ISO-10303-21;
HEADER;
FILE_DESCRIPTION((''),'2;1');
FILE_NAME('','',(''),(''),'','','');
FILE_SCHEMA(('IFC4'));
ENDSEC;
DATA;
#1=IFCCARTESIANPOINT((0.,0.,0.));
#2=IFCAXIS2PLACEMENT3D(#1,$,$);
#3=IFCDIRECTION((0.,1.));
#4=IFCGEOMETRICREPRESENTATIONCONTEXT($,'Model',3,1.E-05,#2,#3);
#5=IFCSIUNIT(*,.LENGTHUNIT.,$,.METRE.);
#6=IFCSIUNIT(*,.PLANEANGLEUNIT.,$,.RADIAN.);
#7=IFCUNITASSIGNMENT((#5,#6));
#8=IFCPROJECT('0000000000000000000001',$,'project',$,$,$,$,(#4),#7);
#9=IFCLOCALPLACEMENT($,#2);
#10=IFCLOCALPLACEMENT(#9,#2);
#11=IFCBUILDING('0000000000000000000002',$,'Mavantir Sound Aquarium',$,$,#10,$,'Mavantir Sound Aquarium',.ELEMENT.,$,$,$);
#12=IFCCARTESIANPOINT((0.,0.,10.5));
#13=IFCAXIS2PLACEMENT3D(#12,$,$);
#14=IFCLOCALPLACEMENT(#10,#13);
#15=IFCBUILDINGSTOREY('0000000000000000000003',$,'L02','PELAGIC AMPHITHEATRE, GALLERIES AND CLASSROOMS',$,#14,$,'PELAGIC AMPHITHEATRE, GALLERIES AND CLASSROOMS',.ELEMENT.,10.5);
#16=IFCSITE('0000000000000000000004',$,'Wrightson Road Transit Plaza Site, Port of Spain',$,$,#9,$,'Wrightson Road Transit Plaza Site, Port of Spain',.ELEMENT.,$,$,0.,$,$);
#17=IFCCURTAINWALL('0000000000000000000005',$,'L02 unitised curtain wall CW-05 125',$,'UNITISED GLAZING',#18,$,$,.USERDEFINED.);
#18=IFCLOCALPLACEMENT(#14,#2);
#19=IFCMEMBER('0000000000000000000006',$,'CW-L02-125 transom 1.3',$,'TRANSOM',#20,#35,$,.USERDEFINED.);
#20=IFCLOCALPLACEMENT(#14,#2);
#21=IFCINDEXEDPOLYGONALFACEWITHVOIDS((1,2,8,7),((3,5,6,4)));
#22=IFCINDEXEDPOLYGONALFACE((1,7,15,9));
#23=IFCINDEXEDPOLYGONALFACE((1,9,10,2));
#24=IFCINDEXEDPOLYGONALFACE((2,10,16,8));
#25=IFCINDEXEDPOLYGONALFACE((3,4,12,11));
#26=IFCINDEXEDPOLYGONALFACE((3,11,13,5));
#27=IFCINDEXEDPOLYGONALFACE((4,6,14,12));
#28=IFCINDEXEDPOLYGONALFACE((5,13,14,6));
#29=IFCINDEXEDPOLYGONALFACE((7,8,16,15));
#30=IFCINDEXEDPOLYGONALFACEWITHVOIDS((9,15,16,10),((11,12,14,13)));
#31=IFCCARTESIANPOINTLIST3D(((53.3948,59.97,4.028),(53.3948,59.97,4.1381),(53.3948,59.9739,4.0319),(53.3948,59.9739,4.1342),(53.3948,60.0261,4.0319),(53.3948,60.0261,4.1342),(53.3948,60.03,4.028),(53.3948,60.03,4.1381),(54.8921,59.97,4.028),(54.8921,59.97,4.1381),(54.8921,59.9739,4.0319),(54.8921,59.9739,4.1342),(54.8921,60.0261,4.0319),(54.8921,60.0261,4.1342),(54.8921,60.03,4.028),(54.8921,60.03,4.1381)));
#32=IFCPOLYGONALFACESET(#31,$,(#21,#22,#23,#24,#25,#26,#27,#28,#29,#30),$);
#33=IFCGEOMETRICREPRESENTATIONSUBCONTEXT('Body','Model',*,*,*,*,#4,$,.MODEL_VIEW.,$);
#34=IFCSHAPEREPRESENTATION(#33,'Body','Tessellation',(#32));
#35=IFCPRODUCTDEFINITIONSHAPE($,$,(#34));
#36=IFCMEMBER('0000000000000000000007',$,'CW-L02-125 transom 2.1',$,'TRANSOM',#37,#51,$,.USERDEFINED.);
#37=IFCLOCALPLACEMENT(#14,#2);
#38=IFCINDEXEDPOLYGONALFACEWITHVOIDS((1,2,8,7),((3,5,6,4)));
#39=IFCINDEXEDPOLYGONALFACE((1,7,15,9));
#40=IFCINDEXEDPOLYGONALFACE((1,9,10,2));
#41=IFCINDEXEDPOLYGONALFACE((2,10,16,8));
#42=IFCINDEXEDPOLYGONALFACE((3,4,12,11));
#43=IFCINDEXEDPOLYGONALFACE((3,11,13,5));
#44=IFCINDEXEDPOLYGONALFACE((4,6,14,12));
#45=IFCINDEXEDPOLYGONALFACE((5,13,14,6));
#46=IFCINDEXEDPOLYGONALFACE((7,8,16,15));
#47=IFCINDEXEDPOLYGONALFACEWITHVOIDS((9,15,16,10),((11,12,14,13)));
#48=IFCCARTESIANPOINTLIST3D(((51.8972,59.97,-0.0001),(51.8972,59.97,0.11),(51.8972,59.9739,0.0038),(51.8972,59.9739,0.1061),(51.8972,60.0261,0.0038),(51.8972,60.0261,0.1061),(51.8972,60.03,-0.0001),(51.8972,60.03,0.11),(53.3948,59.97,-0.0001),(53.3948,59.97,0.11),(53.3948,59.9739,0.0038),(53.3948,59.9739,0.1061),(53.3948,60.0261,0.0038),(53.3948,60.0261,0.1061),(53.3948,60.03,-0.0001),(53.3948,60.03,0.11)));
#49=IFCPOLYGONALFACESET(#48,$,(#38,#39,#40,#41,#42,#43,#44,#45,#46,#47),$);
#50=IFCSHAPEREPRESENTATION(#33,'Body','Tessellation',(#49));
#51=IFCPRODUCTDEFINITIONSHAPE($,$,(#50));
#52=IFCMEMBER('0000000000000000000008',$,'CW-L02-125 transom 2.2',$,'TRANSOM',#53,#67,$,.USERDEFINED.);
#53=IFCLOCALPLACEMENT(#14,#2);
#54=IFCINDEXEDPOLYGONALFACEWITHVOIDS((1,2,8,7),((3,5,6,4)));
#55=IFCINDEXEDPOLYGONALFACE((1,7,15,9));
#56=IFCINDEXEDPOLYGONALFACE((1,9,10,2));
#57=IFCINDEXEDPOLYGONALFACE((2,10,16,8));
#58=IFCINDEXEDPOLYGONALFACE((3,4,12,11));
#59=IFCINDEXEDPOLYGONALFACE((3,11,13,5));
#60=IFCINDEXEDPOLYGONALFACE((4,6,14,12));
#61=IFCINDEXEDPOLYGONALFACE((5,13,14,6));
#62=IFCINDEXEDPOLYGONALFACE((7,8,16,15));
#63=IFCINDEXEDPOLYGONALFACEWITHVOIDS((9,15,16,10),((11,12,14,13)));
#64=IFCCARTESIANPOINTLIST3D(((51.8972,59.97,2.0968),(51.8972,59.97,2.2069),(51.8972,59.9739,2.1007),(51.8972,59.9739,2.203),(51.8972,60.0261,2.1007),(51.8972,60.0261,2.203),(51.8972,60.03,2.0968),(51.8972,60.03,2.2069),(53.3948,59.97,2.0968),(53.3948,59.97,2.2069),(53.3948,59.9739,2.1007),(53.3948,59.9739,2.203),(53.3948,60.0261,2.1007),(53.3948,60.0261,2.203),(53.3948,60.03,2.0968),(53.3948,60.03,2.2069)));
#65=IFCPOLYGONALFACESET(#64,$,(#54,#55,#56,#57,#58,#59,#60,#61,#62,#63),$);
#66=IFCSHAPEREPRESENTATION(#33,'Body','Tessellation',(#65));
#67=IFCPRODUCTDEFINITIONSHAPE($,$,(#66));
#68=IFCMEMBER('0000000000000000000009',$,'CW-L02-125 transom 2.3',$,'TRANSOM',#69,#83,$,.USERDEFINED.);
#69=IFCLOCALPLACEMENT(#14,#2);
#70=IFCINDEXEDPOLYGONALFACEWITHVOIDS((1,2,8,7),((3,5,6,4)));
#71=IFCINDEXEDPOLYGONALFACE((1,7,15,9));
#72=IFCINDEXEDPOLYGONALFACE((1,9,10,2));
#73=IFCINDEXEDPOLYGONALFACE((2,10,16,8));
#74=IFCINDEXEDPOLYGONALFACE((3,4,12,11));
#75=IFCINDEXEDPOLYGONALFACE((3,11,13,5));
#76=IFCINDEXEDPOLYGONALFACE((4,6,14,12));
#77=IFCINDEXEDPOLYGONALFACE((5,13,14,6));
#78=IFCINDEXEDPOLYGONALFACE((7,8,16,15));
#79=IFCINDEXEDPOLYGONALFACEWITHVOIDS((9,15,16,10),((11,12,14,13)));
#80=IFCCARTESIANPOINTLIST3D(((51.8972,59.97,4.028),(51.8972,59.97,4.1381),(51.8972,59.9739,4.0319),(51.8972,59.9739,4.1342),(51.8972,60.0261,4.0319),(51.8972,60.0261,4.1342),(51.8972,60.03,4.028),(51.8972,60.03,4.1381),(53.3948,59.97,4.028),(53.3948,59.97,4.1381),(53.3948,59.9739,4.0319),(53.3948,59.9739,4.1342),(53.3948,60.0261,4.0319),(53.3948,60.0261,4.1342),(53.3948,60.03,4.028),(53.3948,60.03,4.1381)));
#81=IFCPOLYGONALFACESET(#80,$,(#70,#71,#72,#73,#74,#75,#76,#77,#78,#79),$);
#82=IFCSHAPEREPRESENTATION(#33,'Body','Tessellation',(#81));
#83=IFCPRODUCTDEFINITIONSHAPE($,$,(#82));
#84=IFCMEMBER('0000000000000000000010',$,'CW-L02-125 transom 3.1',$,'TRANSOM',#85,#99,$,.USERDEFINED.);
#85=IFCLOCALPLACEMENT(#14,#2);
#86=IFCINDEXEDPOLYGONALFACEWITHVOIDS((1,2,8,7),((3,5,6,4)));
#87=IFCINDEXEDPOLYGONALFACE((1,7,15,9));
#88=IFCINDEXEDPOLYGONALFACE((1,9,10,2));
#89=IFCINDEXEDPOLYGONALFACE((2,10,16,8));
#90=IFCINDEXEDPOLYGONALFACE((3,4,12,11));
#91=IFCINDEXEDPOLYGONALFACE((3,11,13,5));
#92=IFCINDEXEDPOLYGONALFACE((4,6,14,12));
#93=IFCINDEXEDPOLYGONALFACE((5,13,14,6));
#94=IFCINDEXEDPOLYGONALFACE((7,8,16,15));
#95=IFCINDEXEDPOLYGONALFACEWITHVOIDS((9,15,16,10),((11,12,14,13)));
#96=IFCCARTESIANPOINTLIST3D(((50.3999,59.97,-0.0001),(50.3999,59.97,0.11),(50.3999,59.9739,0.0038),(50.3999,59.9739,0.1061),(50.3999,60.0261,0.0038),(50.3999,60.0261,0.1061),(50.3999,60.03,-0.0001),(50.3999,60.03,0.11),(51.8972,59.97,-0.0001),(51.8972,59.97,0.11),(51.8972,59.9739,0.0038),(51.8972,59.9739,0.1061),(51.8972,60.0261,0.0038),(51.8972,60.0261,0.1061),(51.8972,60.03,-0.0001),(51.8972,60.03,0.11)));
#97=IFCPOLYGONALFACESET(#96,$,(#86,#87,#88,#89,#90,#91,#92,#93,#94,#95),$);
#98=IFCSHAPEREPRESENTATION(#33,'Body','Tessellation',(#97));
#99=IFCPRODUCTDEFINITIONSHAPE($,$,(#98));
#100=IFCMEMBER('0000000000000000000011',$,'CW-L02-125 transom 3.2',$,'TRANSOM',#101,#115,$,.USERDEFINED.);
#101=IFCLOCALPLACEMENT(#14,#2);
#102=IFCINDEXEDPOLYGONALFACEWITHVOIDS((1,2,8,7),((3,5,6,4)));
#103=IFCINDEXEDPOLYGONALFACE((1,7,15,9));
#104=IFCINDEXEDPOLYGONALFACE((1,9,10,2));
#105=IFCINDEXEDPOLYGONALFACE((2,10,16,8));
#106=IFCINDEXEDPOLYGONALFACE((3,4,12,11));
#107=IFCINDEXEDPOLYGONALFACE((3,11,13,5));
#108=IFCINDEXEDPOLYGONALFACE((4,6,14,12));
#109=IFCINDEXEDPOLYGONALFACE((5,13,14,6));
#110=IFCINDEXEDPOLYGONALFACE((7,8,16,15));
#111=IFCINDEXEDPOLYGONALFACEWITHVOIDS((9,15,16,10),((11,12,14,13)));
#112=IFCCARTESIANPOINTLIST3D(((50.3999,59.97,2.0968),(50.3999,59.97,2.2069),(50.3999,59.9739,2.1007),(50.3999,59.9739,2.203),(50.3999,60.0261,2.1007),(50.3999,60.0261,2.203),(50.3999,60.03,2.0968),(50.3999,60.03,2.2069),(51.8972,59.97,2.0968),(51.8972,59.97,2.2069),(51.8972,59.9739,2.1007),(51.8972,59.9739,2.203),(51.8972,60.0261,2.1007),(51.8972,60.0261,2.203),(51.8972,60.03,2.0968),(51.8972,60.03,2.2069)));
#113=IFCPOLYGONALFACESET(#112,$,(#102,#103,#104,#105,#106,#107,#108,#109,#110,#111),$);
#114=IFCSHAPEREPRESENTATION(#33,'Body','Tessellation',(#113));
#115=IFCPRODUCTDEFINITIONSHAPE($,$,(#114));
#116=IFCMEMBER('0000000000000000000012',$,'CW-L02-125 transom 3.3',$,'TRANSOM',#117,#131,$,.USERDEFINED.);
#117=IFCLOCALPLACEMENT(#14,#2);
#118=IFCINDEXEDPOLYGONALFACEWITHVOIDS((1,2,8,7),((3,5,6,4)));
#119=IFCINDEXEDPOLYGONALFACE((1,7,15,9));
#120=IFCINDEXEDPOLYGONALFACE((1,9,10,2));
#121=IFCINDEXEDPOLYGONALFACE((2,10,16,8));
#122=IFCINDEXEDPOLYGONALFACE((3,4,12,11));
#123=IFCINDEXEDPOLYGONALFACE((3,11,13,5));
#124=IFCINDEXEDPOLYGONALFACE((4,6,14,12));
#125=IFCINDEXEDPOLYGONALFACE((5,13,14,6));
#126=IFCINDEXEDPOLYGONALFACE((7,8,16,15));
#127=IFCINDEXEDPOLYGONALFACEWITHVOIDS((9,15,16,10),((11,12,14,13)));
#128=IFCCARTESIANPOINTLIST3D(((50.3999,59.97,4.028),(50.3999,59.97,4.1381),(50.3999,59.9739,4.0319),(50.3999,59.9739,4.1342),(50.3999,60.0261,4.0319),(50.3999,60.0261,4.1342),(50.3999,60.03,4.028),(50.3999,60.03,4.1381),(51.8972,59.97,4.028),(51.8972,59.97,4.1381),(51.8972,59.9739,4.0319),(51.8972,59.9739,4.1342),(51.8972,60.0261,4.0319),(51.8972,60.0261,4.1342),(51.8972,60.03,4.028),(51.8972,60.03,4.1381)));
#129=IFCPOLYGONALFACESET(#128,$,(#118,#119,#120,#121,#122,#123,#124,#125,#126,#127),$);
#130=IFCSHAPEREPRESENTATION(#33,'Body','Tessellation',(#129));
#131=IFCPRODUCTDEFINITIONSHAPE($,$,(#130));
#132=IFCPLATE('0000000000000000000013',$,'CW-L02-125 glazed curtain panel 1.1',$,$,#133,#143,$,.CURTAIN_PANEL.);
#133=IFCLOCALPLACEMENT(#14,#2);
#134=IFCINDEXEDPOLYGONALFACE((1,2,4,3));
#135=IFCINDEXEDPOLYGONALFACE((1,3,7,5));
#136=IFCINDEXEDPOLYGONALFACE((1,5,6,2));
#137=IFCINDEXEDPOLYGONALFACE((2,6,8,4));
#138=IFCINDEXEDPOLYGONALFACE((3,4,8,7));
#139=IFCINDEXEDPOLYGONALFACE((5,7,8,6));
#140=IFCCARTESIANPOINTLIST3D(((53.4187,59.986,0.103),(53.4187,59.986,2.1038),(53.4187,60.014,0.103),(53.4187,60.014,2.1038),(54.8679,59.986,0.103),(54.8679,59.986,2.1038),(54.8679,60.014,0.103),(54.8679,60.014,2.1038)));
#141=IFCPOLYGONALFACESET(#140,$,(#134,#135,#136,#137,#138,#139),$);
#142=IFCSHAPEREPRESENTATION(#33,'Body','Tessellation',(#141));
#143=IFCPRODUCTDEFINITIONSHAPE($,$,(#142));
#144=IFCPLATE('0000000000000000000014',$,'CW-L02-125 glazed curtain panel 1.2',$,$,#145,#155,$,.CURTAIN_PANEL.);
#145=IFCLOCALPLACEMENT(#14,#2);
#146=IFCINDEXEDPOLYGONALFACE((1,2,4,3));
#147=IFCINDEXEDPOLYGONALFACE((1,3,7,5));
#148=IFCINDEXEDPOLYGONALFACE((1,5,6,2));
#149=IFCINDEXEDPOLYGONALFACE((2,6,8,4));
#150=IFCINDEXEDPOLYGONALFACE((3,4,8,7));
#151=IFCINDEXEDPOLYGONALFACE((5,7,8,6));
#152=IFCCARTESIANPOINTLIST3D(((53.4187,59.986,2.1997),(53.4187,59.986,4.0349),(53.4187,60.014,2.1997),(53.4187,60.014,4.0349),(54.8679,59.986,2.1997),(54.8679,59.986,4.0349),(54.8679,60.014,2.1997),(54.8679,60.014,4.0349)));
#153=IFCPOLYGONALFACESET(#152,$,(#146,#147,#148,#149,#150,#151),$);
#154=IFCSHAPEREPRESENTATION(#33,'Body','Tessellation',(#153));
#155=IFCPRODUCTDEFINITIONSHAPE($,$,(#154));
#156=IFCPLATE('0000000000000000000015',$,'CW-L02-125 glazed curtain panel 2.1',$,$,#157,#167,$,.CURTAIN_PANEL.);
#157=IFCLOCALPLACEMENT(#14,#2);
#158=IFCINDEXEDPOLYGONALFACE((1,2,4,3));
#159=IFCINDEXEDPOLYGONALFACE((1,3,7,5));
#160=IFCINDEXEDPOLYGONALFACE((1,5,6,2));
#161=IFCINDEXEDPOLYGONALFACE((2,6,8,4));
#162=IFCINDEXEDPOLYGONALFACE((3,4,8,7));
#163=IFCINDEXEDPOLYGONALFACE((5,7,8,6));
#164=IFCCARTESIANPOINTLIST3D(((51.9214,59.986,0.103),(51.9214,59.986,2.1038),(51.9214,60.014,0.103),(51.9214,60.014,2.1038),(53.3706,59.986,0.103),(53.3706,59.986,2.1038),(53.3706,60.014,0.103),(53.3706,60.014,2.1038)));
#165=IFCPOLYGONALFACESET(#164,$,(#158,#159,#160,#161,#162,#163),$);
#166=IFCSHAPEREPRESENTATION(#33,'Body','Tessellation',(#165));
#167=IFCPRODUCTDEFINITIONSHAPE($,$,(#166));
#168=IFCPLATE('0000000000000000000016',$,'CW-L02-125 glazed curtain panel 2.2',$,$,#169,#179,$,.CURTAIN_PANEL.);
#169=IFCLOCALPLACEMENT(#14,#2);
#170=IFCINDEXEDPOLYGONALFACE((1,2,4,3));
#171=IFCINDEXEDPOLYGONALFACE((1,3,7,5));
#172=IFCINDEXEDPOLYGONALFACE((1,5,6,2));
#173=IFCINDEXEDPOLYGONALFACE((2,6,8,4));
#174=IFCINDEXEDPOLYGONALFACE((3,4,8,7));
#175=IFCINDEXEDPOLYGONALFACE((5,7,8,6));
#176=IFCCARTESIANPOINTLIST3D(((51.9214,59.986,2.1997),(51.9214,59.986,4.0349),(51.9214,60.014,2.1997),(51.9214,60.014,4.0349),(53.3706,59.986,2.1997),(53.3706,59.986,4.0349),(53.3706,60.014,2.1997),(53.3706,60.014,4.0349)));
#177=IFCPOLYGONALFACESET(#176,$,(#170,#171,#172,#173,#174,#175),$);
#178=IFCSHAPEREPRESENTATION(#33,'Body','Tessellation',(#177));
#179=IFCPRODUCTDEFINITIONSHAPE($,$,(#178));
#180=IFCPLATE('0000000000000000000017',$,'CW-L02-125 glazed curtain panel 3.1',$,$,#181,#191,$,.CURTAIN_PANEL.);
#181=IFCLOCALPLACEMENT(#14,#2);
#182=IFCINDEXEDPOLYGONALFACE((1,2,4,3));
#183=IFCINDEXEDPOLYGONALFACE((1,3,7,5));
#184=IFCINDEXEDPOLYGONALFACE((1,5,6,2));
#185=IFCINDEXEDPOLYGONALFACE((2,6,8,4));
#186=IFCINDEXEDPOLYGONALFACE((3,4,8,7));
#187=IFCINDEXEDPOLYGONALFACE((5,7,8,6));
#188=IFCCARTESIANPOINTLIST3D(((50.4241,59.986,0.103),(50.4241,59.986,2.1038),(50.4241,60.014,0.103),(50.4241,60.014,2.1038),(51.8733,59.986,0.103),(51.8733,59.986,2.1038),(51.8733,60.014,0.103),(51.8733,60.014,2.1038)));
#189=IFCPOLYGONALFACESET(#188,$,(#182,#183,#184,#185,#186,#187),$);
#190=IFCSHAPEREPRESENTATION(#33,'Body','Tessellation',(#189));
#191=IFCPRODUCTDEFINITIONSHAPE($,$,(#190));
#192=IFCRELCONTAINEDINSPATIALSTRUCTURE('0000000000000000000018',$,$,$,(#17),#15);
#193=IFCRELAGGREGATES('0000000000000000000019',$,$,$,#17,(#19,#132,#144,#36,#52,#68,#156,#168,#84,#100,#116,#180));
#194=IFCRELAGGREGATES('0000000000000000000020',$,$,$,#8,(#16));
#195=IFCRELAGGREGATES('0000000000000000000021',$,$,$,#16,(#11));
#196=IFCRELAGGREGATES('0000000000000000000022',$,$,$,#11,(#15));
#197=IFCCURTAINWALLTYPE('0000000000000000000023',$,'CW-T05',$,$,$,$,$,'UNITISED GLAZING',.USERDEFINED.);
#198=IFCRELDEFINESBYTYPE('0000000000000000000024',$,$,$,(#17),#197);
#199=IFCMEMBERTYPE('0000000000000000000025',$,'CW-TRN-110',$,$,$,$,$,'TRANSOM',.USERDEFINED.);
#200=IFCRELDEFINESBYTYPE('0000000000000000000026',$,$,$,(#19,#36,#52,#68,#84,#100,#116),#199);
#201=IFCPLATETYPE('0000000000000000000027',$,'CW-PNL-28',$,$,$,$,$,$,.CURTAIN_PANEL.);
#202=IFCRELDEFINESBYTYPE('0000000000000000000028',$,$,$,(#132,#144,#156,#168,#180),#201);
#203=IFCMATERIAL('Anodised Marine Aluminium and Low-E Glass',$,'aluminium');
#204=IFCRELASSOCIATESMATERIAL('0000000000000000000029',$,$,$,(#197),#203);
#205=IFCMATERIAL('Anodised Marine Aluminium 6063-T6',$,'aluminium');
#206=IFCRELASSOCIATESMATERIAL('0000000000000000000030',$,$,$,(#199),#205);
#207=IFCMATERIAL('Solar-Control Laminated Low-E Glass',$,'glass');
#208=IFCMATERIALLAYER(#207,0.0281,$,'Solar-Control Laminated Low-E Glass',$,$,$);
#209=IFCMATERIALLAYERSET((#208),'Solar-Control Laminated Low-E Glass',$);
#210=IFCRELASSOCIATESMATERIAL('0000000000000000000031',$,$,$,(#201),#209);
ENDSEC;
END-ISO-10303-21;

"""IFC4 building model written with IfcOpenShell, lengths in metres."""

from ifc_helpers import new_model, si_unit, direction, frame, origin, origin_2d, place, context, subcontext, project, spatial, rectangle, hollow_rectangle, extrude, material, layer, layer_set, material_profile, profile_set, type_object, element, aggregate, save


model = new_model("IFC4")

# Units and contexts
model_context = context("Model", 3, precision=1e-05, world=origin(), true_north=direction((0.0, 1.0)))
body_context = subcontext(model_context, "Body", "Model", "MODEL_VIEW")
ifc_project = project(units=[si_unit("LENGTHUNIT", "METRE"), si_unit("PLANEANGLEUNIT", "RADIAN")], contexts=[model_context])

# Site, building, storey
site_placement = place(None, origin())
site = spatial("IfcSite", under=ifc_project, at=site_placement, Name="Wrightson Road Transit Plaza Site, Port of Spain", LongName="Wrightson Road Transit Plaza Site, Port of Spain", CompositionType="ELEMENT", RefElevation=0.0)
building_placement = place(site_placement, origin())
building = spatial("IfcBuilding", under=site, at=building_placement, Name="Mavantir Sound Aquarium", LongName="Mavantir Sound Aquarium", CompositionType="ELEMENT")
storey_placement = place(building_placement, frame((0.0, 0.0, 10.5)))
storey = spatial("IfcBuildingStorey", under=building, at=storey_placement, Name="L02", Description="PELAGIC AMPHITHEATRE, GALLERIES AND CLASSROOMS", LongName="PELAGIC AMPHITHEATRE, GALLERIES AND CLASSROOMS", CompositionType="ELEMENT", Elevation=10.5)

# Curtain wall, members, plates
ifc_material_1 = material(Name="Anodised Marine Aluminium and Low-E Glass", Category="aluminium")
curtain_wall_type = type_object("IfcCurtainWallType", Name="CW-T05", ElementType="UNITISED GLAZING", PredefinedType="USERDEFINED", material=ifc_material_1)
curtain_wall_placement = place(storey_placement, origin())
curtain_wall = element("IfcCurtainWall", 1, at=curtain_wall_placement, inside=storey, type_object=curtain_wall_type, Name="L02 unitised curtain wall CW-05 125", ObjectType="UNITISED GLAZING", PredefinedType="USERDEFINED")
ifc_material_2 = material(Name="Anodised Marine Aluminium 6063-T6", Category="aluminium")
ifc_material_profile_1 = material_profile(ifc_material_2, hollow_rectangle(XDim=0.0601, YDim=0.1101, WallThickness=0.0039, at=origin_2d()), Name="ALU-TRANSOM-110X60")
ifc_profile_set_1 = profile_set([ifc_material_profile_1], Name="Anodised Marine Aluminium 6063-T6")
member_type_1 = type_object("IfcMemberType", Name="CW-TRN-110", ElementType="TRANSOM", PredefinedType="USERDEFINED", material=ifc_profile_set_1)
member_1_placement = place(storey_placement, frame((54.8921, 60.0, 4.083), z_axis=(-1.0, 0.0, 0.0), x_axis=(0.0, -1.0, 0.0)))
member_1 = element("IfcMember", 2, at=member_1_placement, type_object=member_type_1, Name="CW-L02-125 transom 1.3", ObjectType="TRANSOM", PredefinedType="USERDEFINED", context=body_context, shape_type="SweptSolid", body=[
    extrude(hollow_rectangle(XDim=0.0601, YDim=0.1101, WallThickness=0.0039, at=origin_2d()), origin(), (0.0, 0.0, 1.0), 1.4973),
])
member_2_placement = place(storey_placement, frame((53.3948, 60.0, 0.0549), z_axis=(-1.0, 0.0, 0.0), x_axis=(0.0, -1.0, 0.0)))
member_2 = element("IfcMember", 3, at=member_2_placement, type_object=member_type_1, Name="CW-L02-125 transom 2.1", ObjectType="TRANSOM", PredefinedType="USERDEFINED", context=body_context, shape_type="SweptSolid", body=[
    extrude(hollow_rectangle(XDim=0.0601, YDim=0.1101, WallThickness=0.0039, at=origin_2d()), origin(), (0.0, 0.0, 1.0), 1.4976),
])
member_3_placement = place(storey_placement, frame((53.3948, 60.0, 2.1519), z_axis=(-1.0, 0.0, 0.0), x_axis=(0.0, -1.0, 0.0)))
member_3 = element("IfcMember", 4, at=member_3_placement, type_object=member_type_1, Name="CW-L02-125 transom 2.2", ObjectType="TRANSOM", PredefinedType="USERDEFINED", context=body_context, shape_type="SweptSolid", body=[
    extrude(hollow_rectangle(XDim=0.0601, YDim=0.1101, WallThickness=0.0039, at=origin_2d()), origin(), (0.0, 0.0, 1.0), 1.4976),
])
member_4_placement = place(storey_placement, frame((53.3948, 60.0, 4.083), z_axis=(-1.0, 0.0, 0.0), x_axis=(0.0, -1.0, 0.0)))
member_4 = element("IfcMember", 5, at=member_4_placement, type_object=member_type_1, Name="CW-L02-125 transom 2.3", ObjectType="TRANSOM", PredefinedType="USERDEFINED", context=body_context, shape_type="SweptSolid", body=[
    extrude(hollow_rectangle(XDim=0.0601, YDim=0.1101, WallThickness=0.0039, at=origin_2d()), origin(), (0.0, 0.0, 1.0), 1.4976),
])
member_5_placement = place(storey_placement, frame((51.8972, 60.0, 0.0549), z_axis=(-1.0, 0.0, 0.0), x_axis=(0.0, -1.0, 0.0)))
member_5 = element("IfcMember", 6, at=member_5_placement, type_object=member_type_1, Name="CW-L02-125 transom 3.1", ObjectType="TRANSOM", PredefinedType="USERDEFINED", context=body_context, shape_type="SweptSolid", body=[
    extrude(hollow_rectangle(XDim=0.0601, YDim=0.1101, WallThickness=0.0039, at=origin_2d()), origin(), (0.0, 0.0, 1.0), 1.4973),
])
member_6_placement = place(storey_placement, frame((51.8972, 60.0, 2.1519), z_axis=(-1.0, 0.0, 0.0), x_axis=(0.0, -1.0, 0.0)))
member_6 = element("IfcMember", 7, at=member_6_placement, type_object=member_type_1, Name="CW-L02-125 transom 3.2", ObjectType="TRANSOM", PredefinedType="USERDEFINED", context=body_context, shape_type="SweptSolid", body=[
    extrude(hollow_rectangle(XDim=0.0601, YDim=0.1101, WallThickness=0.0039, at=origin_2d()), origin(), (0.0, 0.0, 1.0), 1.4973),
])
member_7_placement = place(storey_placement, frame((51.8972, 60.0, 4.083), z_axis=(-1.0, 0.0, 0.0), x_axis=(0.0, -1.0, 0.0)))
member_7 = element("IfcMember", 8, at=member_7_placement, type_object=member_type_1, Name="CW-L02-125 transom 3.3", ObjectType="TRANSOM", PredefinedType="USERDEFINED", context=body_context, shape_type="SweptSolid", body=[
    extrude(hollow_rectangle(XDim=0.0601, YDim=0.1101, WallThickness=0.0039, at=origin_2d()), origin(), (0.0, 0.0, 1.0), 1.4973),
])
ifc_material_3 = material(Name="Solar-Control Laminated Low-E Glass", Category="glass")
ifc_layer_1 = layer(ifc_material_3, 0.0281, Name="Solar-Control Laminated Low-E Glass")
ifc_layer_set_1 = layer_set([ifc_layer_1], Name="Solar-Control Laminated Low-E Glass")
plate_type_1 = type_object("IfcPlateType", Name="CW-PNL-28", PredefinedType="CURTAIN_PANEL", material=ifc_layer_set_1)
plate_1_placement = place(storey_placement, frame((54.1433, 60.0, 0.103), z_axis=(0.0, 0.0, 1.0), x_axis=(-1.0, 0.0, 0.0)))
plate_1 = element("IfcPlate", 9, at=plate_1_placement, type_object=plate_type_1, Name="CW-L02-125 glazed curtain panel 1.1", PredefinedType="CURTAIN_PANEL", context=body_context, shape_type="SweptSolid", body=[
    extrude(rectangle(XDim=1.4492, YDim=0.0281, at=origin_2d()), origin(), (0.0, 0.0, 1.0), 2.0007),
])
plate_2_placement = place(storey_placement, frame((54.1433, 60.0, 2.1997), z_axis=(0.0, 0.0, 1.0), x_axis=(-1.0, 0.0, 0.0)))
plate_2 = element("IfcPlate", 10, at=plate_2_placement, type_object=plate_type_1, Name="CW-L02-125 glazed curtain panel 1.2", PredefinedType="CURTAIN_PANEL", context=body_context, shape_type="SweptSolid", body=[
    extrude(rectangle(XDim=1.4492, YDim=0.0281, at=origin_2d()), origin(), (0.0, 0.0, 1.0), 1.8352),
])
plate_3_placement = place(storey_placement, frame((52.646, 60.0, 0.103), z_axis=(0.0, 0.0, 1.0), x_axis=(-1.0, 0.0, 0.0)))
plate_3 = element("IfcPlate", 11, at=plate_3_placement, type_object=plate_type_1, Name="CW-L02-125 glazed curtain panel 2.1", PredefinedType="CURTAIN_PANEL", context=body_context, shape_type="SweptSolid", body=[
    extrude(rectangle(XDim=1.4492, YDim=0.0281, at=origin_2d()), origin(), (0.0, 0.0, 1.0), 2.0007),
])
plate_4_placement = place(storey_placement, frame((52.646, 60.0, 2.1997), z_axis=(0.0, 0.0, 1.0), x_axis=(-1.0, 0.0, 0.0)))
plate_4 = element("IfcPlate", 12, at=plate_4_placement, type_object=plate_type_1, Name="CW-L02-125 glazed curtain panel 2.2", PredefinedType="CURTAIN_PANEL", context=body_context, shape_type="SweptSolid", body=[
    extrude(rectangle(XDim=1.4492, YDim=0.0281, at=origin_2d()), origin(), (0.0, 0.0, 1.0), 1.8352),
])
plate_5_placement = place(storey_placement, frame((51.1487, 60.0, 0.103), z_axis=(0.0, 0.0, 1.0), x_axis=(-1.0, 0.0, 0.0)))
plate_5 = element("IfcPlate", 13, at=plate_5_placement, type_object=plate_type_1, Name="CW-L02-125 glazed curtain panel 3.1", PredefinedType="CURTAIN_PANEL", context=body_context, shape_type="SweptSolid", body=[
    extrude(rectangle(XDim=1.4492, YDim=0.0281, at=origin_2d()), origin(), (0.0, 0.0, 1.0), 2.0007),
])
aggregate(curtain_wall, [member_1, plate_1, plate_2, member_2, member_3, member_4, plate_3, plate_4, member_5, member_6, member_7, plate_5])

save(model, "model.ifc")
